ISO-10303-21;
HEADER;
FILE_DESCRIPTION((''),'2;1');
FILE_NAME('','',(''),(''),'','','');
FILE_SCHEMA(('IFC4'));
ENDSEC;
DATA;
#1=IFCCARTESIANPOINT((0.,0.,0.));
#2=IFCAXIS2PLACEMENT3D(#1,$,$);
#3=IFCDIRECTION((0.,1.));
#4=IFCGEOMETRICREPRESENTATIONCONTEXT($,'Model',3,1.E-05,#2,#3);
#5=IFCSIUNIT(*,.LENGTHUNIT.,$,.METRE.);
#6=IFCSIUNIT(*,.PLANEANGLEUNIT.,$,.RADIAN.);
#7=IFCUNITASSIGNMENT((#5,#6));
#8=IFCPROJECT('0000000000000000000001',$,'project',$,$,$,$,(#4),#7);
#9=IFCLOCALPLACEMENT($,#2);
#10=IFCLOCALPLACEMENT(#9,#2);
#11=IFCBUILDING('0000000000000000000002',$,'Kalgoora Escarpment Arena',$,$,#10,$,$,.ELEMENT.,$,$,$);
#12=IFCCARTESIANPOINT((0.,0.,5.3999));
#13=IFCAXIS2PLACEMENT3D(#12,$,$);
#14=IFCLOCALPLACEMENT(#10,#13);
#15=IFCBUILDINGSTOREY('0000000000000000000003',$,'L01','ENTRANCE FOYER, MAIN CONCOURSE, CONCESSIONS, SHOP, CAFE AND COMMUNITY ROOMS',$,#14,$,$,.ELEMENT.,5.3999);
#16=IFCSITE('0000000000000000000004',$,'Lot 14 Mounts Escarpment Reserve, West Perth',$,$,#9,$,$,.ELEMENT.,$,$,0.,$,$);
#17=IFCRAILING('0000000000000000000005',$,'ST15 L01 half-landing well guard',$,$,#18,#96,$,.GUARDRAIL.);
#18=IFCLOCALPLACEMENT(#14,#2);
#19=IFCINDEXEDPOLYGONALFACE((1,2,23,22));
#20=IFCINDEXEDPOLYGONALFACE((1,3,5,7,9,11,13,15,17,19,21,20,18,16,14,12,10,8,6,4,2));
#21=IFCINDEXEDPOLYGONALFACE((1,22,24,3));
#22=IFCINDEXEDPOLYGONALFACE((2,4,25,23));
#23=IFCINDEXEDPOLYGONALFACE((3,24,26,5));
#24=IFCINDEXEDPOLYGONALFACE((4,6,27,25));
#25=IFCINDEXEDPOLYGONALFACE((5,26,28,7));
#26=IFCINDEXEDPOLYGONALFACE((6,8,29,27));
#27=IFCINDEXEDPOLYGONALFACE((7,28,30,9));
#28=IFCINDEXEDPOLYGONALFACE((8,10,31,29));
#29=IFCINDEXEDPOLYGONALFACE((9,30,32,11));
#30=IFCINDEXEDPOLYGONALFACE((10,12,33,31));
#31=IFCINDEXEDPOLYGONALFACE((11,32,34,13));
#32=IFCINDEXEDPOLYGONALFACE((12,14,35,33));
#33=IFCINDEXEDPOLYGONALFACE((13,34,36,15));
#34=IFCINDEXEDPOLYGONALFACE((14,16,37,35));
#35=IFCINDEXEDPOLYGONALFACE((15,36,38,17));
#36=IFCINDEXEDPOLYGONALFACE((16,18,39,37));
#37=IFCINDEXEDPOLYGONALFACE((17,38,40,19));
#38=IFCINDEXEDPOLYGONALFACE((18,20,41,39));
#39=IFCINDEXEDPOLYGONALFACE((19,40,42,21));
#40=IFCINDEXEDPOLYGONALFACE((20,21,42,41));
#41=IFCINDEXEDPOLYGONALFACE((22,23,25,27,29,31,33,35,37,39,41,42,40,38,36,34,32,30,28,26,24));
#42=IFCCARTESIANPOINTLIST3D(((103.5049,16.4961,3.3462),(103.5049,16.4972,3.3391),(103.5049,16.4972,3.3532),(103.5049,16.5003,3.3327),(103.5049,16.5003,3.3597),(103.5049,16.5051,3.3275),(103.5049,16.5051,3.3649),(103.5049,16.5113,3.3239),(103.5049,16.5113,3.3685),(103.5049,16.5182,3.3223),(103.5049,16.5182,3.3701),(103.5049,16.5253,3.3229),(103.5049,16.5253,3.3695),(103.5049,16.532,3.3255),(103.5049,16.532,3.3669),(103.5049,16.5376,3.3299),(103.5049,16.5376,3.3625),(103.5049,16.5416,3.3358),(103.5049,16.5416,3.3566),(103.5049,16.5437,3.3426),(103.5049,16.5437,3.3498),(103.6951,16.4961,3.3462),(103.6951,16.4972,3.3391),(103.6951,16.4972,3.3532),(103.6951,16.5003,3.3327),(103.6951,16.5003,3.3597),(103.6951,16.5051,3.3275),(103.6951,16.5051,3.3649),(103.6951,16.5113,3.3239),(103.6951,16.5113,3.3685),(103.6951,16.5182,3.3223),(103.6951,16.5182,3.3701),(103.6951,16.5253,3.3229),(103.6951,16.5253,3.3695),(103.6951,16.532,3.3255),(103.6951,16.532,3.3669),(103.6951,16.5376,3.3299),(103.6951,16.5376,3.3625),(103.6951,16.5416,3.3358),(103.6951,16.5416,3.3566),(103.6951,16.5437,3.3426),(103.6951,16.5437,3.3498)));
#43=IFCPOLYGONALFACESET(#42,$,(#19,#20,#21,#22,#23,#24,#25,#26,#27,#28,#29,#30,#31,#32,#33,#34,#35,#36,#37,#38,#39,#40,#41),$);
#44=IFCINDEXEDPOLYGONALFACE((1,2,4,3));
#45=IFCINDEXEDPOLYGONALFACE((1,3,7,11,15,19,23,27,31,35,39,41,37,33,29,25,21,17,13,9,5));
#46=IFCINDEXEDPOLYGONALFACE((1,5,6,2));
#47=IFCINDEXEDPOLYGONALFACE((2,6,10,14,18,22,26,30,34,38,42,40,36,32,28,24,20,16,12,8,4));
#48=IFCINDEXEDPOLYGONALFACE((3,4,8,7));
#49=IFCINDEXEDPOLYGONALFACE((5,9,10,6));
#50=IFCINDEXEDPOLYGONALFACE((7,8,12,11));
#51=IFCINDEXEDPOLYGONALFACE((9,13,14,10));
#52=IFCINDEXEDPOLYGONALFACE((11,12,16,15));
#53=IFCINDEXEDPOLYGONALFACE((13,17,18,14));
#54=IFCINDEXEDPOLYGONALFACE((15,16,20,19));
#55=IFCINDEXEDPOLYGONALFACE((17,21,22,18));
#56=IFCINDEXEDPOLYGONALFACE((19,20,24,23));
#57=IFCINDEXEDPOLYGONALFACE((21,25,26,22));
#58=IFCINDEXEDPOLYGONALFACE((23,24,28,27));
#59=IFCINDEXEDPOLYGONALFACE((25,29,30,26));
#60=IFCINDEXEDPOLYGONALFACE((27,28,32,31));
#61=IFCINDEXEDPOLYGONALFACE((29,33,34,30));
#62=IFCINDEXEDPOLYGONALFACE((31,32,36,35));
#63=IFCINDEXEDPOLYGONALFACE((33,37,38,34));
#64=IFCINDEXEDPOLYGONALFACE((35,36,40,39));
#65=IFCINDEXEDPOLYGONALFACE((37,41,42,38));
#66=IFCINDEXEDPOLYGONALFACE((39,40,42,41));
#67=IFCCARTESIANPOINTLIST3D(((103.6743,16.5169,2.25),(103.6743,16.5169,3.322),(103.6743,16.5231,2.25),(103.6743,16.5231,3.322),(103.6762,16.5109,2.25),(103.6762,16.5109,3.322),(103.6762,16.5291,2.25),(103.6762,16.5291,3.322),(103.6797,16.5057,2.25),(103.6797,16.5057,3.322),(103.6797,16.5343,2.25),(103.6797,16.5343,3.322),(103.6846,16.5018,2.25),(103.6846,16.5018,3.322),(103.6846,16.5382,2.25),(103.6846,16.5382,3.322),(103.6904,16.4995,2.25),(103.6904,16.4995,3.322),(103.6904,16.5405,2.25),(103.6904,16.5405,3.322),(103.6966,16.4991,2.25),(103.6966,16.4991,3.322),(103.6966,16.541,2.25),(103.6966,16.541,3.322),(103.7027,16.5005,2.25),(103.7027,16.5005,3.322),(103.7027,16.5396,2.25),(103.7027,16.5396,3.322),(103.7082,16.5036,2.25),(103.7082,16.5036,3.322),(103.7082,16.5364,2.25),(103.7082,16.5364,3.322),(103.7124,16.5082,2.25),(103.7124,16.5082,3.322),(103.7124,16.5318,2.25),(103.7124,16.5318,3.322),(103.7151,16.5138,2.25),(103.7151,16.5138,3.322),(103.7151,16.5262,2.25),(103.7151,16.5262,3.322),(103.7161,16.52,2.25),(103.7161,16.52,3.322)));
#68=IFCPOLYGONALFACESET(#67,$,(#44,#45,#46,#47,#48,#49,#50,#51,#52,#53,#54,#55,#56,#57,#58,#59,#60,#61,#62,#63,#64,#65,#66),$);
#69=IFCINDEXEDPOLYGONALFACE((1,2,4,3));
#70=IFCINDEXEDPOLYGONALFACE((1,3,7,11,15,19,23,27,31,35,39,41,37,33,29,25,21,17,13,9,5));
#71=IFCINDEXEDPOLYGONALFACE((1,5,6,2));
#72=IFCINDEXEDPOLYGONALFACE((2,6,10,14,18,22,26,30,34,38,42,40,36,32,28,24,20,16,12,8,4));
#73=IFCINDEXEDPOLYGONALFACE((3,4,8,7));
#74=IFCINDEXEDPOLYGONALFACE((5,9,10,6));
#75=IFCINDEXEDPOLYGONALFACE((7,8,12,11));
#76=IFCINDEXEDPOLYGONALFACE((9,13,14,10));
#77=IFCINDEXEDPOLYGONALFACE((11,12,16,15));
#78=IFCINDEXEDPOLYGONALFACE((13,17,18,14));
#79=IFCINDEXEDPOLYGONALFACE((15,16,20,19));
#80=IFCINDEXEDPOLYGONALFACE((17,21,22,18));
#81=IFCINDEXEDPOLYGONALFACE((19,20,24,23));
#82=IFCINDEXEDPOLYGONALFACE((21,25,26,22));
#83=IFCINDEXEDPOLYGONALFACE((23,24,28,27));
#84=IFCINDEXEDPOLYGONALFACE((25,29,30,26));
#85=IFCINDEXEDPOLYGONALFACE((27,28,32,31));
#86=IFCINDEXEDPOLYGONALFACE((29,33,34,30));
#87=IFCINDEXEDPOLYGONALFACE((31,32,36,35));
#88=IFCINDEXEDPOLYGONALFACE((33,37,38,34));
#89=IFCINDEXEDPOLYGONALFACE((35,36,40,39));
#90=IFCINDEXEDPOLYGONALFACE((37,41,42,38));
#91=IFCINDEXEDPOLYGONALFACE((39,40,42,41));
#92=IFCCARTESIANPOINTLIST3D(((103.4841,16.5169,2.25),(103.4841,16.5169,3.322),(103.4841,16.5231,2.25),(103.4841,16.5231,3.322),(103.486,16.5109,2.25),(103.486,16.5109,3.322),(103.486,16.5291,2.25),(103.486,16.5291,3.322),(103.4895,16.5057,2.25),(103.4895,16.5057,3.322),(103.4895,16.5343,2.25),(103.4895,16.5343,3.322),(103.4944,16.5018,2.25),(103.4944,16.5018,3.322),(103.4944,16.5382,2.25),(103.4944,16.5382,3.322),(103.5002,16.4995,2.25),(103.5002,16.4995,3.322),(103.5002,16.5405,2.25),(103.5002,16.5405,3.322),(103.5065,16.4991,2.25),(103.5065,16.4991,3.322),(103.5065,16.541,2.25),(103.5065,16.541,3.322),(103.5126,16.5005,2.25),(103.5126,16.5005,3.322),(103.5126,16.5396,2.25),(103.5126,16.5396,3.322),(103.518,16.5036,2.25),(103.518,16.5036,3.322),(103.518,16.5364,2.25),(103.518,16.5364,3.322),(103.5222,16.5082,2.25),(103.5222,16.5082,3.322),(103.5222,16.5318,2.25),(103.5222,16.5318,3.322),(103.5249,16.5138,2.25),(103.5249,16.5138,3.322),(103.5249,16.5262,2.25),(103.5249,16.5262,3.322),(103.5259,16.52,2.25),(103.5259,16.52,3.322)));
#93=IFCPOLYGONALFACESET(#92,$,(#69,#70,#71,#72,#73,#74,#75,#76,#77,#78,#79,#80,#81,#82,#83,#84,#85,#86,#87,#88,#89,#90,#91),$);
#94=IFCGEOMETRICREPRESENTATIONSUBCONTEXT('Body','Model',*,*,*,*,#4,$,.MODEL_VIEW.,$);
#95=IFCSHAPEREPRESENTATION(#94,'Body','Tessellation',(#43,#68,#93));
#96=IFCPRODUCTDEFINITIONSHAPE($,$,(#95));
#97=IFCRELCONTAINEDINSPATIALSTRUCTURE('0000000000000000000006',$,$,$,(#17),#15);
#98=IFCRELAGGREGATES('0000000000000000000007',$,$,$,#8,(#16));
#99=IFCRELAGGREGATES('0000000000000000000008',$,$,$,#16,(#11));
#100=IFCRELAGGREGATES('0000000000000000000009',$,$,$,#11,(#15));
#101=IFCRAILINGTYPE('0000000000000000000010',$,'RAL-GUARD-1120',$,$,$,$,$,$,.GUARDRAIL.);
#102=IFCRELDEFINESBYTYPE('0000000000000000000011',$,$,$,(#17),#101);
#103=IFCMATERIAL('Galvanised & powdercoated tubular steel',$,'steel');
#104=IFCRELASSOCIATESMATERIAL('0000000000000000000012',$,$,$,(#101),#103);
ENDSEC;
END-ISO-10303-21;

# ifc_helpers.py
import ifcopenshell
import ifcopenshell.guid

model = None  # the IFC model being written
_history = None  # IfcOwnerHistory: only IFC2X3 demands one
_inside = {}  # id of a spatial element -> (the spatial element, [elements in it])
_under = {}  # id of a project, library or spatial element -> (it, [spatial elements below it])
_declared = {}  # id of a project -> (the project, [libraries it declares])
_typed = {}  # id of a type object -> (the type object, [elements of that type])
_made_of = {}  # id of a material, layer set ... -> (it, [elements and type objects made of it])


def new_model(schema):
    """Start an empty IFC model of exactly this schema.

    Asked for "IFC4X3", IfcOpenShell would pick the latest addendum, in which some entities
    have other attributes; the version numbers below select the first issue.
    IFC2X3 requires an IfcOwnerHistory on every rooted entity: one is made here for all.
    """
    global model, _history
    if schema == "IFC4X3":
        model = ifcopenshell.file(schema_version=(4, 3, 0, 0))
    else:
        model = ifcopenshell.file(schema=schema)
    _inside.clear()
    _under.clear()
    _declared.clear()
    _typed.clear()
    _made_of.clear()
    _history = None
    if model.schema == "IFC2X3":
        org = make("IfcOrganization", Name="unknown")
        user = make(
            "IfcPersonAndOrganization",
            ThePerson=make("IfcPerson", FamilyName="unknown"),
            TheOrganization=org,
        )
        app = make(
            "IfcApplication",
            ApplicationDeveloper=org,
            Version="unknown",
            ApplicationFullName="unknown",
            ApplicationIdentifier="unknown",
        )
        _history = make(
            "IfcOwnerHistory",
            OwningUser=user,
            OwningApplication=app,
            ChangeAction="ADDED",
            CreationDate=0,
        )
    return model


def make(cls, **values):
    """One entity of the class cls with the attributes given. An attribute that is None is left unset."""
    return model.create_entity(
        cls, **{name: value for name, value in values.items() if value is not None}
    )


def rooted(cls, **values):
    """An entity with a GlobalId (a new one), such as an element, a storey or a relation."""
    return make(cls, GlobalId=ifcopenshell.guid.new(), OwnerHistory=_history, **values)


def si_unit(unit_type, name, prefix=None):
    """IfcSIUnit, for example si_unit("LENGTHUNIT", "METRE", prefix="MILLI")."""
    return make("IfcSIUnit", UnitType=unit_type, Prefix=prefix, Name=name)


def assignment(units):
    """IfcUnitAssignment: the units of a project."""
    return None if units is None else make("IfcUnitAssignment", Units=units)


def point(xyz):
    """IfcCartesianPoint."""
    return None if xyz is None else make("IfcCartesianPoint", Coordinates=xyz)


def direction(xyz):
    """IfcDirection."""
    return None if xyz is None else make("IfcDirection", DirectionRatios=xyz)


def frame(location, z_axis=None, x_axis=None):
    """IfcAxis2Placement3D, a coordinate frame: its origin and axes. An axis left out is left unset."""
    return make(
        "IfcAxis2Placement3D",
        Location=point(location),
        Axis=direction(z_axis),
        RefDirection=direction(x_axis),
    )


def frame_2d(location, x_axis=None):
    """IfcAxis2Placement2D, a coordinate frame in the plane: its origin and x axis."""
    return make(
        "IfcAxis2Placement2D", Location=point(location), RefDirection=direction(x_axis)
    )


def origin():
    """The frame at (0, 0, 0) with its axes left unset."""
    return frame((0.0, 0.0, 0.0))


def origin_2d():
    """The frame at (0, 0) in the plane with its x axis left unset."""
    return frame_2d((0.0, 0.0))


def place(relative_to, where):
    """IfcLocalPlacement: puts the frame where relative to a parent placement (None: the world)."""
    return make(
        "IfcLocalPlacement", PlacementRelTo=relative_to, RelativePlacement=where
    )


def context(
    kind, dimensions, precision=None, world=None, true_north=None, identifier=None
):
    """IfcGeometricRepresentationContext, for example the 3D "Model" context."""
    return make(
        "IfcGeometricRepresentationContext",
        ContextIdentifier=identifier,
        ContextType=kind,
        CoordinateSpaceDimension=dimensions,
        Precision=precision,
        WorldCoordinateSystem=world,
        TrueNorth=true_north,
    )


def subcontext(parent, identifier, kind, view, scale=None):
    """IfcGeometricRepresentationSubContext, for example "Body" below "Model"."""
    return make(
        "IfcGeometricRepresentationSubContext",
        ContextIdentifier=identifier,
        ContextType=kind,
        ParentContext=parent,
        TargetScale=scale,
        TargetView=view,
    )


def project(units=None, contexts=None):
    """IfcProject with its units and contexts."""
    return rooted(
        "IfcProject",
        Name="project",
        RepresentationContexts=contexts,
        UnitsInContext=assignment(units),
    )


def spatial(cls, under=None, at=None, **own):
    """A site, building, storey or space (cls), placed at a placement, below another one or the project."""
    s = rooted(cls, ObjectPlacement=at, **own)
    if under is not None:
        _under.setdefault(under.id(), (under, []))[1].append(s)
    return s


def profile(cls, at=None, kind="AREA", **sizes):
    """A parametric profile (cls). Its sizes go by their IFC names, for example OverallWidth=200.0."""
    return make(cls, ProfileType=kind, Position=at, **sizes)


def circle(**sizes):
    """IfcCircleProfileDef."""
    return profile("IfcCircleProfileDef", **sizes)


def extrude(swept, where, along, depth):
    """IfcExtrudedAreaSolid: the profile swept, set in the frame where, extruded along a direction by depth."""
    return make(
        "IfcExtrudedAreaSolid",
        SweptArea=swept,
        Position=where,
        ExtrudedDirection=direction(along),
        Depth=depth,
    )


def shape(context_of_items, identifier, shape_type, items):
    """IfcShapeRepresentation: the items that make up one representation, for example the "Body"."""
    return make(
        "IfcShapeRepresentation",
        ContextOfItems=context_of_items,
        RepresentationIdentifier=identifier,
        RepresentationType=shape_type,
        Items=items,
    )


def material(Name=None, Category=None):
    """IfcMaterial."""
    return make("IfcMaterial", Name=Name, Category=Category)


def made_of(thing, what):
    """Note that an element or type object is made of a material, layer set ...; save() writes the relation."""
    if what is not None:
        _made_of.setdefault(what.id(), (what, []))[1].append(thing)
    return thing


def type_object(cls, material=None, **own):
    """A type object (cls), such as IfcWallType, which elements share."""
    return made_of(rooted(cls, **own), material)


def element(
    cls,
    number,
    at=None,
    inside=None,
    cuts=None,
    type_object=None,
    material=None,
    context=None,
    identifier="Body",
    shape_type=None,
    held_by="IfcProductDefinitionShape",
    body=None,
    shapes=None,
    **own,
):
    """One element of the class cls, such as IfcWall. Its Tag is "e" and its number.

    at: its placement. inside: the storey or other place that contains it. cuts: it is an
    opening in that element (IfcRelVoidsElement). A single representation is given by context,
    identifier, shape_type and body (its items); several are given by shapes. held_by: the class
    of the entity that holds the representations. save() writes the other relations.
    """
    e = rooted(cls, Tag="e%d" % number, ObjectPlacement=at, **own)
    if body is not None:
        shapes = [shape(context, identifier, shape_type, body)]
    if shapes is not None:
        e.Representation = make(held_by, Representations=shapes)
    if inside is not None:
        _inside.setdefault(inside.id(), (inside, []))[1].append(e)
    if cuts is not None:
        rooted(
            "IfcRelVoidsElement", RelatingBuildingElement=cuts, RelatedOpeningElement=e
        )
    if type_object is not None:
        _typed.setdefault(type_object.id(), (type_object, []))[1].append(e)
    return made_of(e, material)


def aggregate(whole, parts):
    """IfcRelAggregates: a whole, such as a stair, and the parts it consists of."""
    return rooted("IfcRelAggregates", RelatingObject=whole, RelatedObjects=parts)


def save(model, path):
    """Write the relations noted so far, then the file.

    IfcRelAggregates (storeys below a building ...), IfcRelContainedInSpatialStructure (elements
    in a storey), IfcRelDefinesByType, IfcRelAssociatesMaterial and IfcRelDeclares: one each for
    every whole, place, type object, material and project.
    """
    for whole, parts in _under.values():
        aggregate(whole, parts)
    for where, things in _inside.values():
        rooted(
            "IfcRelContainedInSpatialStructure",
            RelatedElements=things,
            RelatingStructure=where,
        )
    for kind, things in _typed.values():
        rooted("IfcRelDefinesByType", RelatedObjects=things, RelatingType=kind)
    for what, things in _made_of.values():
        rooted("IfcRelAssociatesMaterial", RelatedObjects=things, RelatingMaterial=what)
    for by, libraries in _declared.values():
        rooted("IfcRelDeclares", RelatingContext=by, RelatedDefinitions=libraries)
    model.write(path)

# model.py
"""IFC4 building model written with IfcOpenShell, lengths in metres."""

from ifc_helpers import new_model, si_unit, direction, frame, origin, origin_2d, place, context, subcontext, project, spatial, circle, extrude, material, type_object, element, save


model = new_model("IFC4")

# Units and contexts
model_context = context("Model", 3, precision=1e-05, world=origin(), true_north=direction((0.0, 1.0)))
body_context = subcontext(model_context, "Body", "Model", "MODEL_VIEW")
ifc_project = project(units=[si_unit("LENGTHUNIT", "METRE"), si_unit("PLANEANGLEUNIT", "RADIAN")], contexts=[model_context])

# Site, building, storey
site_placement = place(None, origin())
site = spatial("IfcSite", under=ifc_project, at=site_placement, Name="Lot 14 Mounts Escarpment Reserve, West Perth", CompositionType="ELEMENT", RefElevation=0.0)
building_placement = place(site_placement, origin())
building = spatial("IfcBuilding", under=site, at=building_placement, Name="Kalgoora Escarpment Arena", CompositionType="ELEMENT")
storey_placement = place(building_placement, frame((0.0, 0.0, 5.3999)))
storey = spatial("IfcBuildingStorey", under=building, at=storey_placement, Name="L01", Description="ENTRANCE FOYER, MAIN CONCOURSE, CONCESSIONS, SHOP, CAFE AND COMMUNITY ROOMS", CompositionType="ELEMENT", Elevation=5.3999)

# Railing
ifc_material_1 = material(Name="Galvanised & powdercoated tubular steel", Category="steel")
railing_type_1 = type_object("IfcRailingType", Name="RAL-GUARD-1120", PredefinedType="GUARDRAIL", material=ifc_material_1)
railing_1_placement = place(storey_placement, frame((103.6951, 16.52, 2.25)))
element("IfcRailing", 1, at=railing_1_placement, inside=storey, type_object=railing_type_1, Name="ST15 L01 half-landing well guard", PredefinedType="GUARDRAIL", context=body_context, shape_type="SweptSolid", body=[
    extrude(circle(Radius=0.0239, at=origin_2d()), frame((0.0, 0.0, 1.0962), z_axis=(-1.0, 0.0, 0.0), x_axis=(0.0, -1.0, 0.0)), (0.0, 0.0, 1.0), 0.1902),
    extrude(circle(Radius=0.021, at=origin_2d()), origin(), (0.0, 0.0, 1.0), 1.072),
    extrude(circle(Radius=0.021, at=origin_2d()), frame((-0.1902, 0.0, 0.0)), (0.0, 0.0, 1.0), 1.072),
])

save(model, "model.ifc")
